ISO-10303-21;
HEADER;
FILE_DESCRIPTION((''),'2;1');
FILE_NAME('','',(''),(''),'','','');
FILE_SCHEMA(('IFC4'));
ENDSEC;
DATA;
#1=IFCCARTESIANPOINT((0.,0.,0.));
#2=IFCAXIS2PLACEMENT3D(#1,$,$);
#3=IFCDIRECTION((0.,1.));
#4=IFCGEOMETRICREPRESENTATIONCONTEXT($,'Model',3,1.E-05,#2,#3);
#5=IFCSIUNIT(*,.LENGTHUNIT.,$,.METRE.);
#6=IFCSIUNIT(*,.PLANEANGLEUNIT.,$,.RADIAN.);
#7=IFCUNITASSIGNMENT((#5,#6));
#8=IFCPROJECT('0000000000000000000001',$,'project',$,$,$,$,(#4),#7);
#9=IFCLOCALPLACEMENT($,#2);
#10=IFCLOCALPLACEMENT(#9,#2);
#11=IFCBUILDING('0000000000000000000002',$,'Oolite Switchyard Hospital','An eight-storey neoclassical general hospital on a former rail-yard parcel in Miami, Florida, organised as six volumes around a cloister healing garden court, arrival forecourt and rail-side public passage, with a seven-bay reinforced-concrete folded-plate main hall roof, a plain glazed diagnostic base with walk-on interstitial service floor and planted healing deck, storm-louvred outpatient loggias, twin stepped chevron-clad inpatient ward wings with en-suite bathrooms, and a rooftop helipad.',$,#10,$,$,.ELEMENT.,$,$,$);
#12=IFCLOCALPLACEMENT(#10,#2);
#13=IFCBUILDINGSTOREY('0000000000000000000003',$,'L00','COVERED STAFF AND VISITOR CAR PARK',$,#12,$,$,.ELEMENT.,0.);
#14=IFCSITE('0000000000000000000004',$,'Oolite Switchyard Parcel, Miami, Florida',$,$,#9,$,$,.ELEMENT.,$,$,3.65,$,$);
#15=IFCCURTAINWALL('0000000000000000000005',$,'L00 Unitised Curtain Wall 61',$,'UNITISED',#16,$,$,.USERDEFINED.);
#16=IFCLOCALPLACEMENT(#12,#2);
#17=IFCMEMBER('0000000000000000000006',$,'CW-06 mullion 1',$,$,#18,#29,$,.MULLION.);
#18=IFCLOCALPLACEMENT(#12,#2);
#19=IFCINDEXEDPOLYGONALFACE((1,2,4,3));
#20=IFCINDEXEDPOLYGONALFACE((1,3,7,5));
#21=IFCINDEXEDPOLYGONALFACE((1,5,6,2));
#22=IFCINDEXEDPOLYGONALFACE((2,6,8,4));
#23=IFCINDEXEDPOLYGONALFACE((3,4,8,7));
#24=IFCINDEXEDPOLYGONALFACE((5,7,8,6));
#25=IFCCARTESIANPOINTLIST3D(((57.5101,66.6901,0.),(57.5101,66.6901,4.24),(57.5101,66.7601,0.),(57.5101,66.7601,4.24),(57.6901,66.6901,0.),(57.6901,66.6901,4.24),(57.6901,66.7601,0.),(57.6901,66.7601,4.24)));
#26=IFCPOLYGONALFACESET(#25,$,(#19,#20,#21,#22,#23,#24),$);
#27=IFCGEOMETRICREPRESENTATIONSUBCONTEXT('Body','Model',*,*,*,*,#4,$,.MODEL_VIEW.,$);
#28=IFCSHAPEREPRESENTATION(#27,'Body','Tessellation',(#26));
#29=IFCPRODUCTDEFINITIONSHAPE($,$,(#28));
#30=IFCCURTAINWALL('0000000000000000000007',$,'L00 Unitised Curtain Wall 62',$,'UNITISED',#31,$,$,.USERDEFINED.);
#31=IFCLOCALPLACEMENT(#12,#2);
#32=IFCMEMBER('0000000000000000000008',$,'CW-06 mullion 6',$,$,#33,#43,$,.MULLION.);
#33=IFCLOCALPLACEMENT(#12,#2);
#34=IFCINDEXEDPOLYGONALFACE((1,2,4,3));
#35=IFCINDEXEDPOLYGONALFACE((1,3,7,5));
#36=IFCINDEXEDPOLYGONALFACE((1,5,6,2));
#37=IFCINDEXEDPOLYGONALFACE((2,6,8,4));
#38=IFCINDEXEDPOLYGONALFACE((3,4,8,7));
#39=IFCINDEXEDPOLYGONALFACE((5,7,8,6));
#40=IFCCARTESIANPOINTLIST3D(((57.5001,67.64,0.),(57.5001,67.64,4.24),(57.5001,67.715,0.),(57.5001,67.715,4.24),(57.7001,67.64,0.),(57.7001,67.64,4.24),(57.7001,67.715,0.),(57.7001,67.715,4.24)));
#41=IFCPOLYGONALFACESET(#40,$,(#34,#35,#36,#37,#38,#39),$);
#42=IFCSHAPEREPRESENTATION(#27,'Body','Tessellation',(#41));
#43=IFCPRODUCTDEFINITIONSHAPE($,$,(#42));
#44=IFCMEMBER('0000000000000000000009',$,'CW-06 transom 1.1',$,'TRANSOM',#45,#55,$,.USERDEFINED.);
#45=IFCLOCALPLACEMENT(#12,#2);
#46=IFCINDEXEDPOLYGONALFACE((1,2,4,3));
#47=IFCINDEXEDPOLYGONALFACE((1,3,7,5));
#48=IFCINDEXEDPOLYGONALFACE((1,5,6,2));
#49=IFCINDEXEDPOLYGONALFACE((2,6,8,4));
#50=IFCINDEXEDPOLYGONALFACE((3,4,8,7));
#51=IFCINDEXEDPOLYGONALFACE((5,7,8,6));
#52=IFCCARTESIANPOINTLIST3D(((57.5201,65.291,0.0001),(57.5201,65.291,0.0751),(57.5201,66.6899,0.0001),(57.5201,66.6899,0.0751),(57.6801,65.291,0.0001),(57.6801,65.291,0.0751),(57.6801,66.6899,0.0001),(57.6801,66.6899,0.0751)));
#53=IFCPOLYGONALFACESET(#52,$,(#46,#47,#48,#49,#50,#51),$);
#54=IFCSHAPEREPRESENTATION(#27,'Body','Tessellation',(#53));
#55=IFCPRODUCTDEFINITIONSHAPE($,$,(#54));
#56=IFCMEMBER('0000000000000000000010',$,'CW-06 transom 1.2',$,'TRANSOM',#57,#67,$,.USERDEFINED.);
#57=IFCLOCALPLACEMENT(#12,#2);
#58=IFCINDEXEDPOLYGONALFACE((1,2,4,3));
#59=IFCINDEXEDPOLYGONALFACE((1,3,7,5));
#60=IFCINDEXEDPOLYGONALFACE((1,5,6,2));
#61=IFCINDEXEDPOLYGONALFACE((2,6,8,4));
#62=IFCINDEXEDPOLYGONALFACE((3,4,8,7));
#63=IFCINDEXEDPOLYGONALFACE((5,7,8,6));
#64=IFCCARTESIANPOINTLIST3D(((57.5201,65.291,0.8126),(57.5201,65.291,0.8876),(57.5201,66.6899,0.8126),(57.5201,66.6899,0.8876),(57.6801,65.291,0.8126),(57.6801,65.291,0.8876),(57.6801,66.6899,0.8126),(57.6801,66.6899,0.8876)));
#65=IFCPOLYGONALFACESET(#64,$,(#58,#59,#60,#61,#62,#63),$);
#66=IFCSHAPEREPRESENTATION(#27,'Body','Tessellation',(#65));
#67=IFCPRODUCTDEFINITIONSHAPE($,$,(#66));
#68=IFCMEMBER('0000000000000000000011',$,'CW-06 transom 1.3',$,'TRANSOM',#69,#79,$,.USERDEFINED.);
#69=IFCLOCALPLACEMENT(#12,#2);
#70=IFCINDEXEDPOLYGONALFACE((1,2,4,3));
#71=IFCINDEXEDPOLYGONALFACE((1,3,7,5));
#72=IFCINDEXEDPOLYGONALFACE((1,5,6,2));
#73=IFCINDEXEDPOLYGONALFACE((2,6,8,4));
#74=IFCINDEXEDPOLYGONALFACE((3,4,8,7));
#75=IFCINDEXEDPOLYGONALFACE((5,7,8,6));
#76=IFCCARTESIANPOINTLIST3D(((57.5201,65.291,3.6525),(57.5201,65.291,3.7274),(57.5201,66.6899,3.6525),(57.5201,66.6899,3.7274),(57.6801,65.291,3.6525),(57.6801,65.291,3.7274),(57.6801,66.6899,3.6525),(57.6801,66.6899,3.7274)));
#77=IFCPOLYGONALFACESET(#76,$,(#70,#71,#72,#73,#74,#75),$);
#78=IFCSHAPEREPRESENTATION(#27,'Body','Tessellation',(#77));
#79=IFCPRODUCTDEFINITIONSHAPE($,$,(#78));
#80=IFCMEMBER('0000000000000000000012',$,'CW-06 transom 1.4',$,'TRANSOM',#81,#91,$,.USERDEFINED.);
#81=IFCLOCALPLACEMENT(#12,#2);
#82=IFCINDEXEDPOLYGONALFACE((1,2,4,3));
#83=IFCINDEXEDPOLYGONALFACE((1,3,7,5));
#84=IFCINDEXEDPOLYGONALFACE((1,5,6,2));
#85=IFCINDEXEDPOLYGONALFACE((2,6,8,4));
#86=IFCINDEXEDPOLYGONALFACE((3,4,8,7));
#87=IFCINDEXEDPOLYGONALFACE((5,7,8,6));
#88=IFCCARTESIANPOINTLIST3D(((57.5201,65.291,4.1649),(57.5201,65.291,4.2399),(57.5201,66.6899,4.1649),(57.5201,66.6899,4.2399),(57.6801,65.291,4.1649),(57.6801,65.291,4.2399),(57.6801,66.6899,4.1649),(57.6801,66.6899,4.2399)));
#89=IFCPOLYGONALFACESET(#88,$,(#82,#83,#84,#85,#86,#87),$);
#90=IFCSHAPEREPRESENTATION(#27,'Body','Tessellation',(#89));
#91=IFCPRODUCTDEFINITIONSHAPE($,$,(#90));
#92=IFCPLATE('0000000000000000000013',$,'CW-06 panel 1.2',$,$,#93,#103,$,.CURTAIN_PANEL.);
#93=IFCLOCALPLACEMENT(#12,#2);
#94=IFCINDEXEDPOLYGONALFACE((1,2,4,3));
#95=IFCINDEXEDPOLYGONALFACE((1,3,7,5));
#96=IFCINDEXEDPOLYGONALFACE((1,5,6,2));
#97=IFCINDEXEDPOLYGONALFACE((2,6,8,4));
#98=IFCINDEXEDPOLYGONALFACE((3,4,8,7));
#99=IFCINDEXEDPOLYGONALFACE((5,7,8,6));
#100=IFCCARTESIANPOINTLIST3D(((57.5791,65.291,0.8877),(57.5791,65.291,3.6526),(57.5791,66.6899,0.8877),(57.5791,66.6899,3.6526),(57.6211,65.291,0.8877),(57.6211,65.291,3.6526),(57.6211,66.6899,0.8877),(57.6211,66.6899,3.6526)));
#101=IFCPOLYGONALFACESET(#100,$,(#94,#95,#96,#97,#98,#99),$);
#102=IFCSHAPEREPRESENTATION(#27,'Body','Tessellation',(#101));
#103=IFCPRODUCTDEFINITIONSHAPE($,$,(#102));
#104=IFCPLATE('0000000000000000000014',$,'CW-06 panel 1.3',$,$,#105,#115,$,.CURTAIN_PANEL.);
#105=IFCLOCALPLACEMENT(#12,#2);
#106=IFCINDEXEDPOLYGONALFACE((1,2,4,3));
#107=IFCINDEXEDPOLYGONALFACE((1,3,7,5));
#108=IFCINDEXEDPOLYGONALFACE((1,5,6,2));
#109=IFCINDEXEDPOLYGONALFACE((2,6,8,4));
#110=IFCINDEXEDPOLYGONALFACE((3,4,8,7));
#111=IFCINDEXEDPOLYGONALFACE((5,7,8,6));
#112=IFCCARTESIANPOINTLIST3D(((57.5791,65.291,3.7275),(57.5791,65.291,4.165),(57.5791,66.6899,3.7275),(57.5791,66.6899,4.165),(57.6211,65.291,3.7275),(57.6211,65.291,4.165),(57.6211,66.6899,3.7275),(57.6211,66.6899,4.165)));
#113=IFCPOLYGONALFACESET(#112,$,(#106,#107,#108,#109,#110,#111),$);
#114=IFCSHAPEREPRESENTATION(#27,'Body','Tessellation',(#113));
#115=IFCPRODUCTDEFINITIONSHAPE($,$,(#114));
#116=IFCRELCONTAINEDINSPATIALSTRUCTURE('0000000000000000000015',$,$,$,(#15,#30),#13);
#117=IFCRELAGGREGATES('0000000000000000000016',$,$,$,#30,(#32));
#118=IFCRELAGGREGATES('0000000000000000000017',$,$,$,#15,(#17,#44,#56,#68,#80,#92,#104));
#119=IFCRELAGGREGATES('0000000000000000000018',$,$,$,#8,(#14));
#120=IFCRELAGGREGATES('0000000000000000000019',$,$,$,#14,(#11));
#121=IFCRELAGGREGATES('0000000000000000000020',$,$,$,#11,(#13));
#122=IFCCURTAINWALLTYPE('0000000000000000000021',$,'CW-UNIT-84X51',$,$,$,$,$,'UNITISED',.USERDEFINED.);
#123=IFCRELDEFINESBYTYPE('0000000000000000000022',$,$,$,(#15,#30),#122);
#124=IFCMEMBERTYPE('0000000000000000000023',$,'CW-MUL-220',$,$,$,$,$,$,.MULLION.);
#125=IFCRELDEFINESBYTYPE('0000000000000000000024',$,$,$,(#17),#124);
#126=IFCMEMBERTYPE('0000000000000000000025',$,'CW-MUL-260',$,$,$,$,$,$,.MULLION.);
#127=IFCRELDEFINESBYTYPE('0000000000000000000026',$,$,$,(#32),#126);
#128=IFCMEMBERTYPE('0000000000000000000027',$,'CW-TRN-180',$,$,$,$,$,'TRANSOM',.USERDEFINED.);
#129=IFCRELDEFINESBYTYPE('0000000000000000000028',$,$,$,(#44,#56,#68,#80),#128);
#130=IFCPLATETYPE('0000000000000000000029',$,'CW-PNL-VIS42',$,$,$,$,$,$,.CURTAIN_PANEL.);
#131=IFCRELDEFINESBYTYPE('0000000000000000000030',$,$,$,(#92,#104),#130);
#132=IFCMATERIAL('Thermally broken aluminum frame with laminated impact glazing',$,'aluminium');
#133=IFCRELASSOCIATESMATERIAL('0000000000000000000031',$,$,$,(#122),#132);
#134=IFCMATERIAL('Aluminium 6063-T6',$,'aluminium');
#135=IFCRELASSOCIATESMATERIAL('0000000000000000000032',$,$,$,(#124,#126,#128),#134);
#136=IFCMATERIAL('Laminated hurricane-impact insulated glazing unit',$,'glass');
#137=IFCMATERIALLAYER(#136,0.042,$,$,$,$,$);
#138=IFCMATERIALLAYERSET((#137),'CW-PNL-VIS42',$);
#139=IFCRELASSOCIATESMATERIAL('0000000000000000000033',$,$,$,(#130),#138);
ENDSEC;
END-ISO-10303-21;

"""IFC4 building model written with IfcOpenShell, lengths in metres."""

from ifc_helpers import new_model, si_unit, direction, frame, origin, origin_2d, place, context, subcontext, project, spatial, rectangle, extrude, material, layer, layer_set, material_profile, profile_set, type_object, element, aggregate, save


model = new_model("IFC4")

# Units and contexts
model_context = context("Model", 3, precision=1e-05, world=origin(), true_north=direction((0.0, 1.0)))
body_context = subcontext(model_context, "Body", "Model", "MODEL_VIEW")
ifc_project = project(units=[si_unit("LENGTHUNIT", "METRE"), si_unit("PLANEANGLEUNIT", "RADIAN")], contexts=[model_context])

# Site, building, storey
site_placement = place(None, origin())
site = spatial("IfcSite", under=ifc_project, at=site_placement, Name="Oolite Switchyard Parcel, Miami, Florida", CompositionType="ELEMENT", RefElevation=3.65)
building_placement = place(site_placement, origin())
building = spatial("IfcBuilding", under=site, at=building_placement, Name="Oolite Switchyard Hospital", Description="An eight-storey neoclassical general hospital on a former rail-yard parcel in Miami, Florida, organised as six volumes around a cloister healing garden court, arrival forecourt and rail-side public passage, with a seven-bay reinforced-concrete folded-plate main hall roof, a plain glazed diagnostic base with walk-on interstitial service floor and planted healing deck, storm-louvred outpatient loggias, twin stepped chevron-clad inpatient ward wings with en-suite bathrooms, and a rooftop helipad.", CompositionType="ELEMENT")
storey_placement = place(building_placement, origin())
storey = spatial("IfcBuildingStorey", under=building, at=storey_placement, Name="L00", Description="COVERED STAFF AND VISITOR CAR PARK", CompositionType="ELEMENT", Elevation=0.0)

# Curtain walls, members
ifc_material_1 = material(Name="Thermally broken aluminum frame with laminated impact glazing", Category="aluminium")
curtain_wall_type = type_object("IfcCurtainWallType", Name="CW-UNIT-84X51", ElementType="UNITISED", PredefinedType="USERDEFINED", material=ifc_material_1)
curtain_wall_1_placement = place(storey_placement, origin())
curtain_wall_1 = element("IfcCurtainWall", 1, at=curtain_wall_1_placement, inside=storey, type_object=curtain_wall_type, Name="L00 Unitised Curtain Wall 61", ObjectType="UNITISED", PredefinedType="USERDEFINED")
ifc_material_2 = material(Name="Aluminium 6063-T6", Category="aluminium")
ifc_material_profile_1 = material_profile(ifc_material_2, rectangle(XDim=0.1799, YDim=0.0701, at=origin_2d()), Name="CWM70X180")
ifc_profile_set_1 = profile_set([ifc_material_profile_1], Name="Aluminium 6063-T6")
member_type_1 = type_object("IfcMemberType", Name="CW-MUL-220", PredefinedType="MULLION", material=ifc_profile_set_1)
member_1_placement = place(storey_placement, frame((57.6001, 66.7251, 0.0), z_axis=(0.0, 0.0, 1.0), x_axis=(1.0, 0.0, 0.0)))
member_1 = element("IfcMember", 2, at=member_1_placement, type_object=member_type_1, Name="CW-06 mullion 1", PredefinedType="MULLION", context=body_context, shape_type="SweptSolid", body=[
    extrude(rectangle(XDim=0.1799, YDim=0.0701, at=origin_2d()), origin(), (0.0, 0.0, 1.0), 4.24),
])
curtain_wall_2_placement = place(storey_placement, origin())
curtain_wall_2 = element("IfcCurtainWall", 3, at=curtain_wall_2_placement, inside=storey, type_object=curtain_wall_type, Name="L00 Unitised Curtain Wall 62", ObjectType="UNITISED", PredefinedType="USERDEFINED")
ifc_material_profile_2 = material_profile(ifc_material_2, rectangle(XDim=0.2, YDim=0.075, at=origin_2d()), Name="CWM75X200")
ifc_profile_set_2 = profile_set([ifc_material_profile_2], Name="Aluminium 6063-T6")
member_type_2 = type_object("IfcMemberType", Name="CW-MUL-260", PredefinedType="MULLION", material=ifc_profile_set_2)
member_2_placement = place(storey_placement, frame((57.6001, 67.6775, 0.0), z_axis=(0.0, 0.0, 1.0), x_axis=(1.0, 0.0, 0.0)))
member_2 = element("IfcMember", 4, at=member_2_placement, type_object=member_type_2, Name="CW-06 mullion 6", PredefinedType="MULLION", context=body_context, shape_type="SweptSolid", body=[
    extrude(rectangle(XDim=0.2, YDim=0.075, at=origin_2d()), origin(), (0.0, 0.0, 1.0), 4.24),
])
aggregate(curtain_wall_2, [member_2])

# Members
ifc_material_profile_3 = material_profile(ifc_material_2, rectangle(XDim=0.1599, YDim=0.075, at=origin_2d()), Name="CWT75X160")
ifc_profile_set_3 = profile_set([ifc_material_profile_3], Name="Aluminium 6063-T6")
member_type_3 = type_object("IfcMemberType", Name="CW-TRN-180", ElementType="TRANSOM", PredefinedType="USERDEFINED", material=ifc_profile_set_3)
member_3_placement = place(storey_placement, frame((57.6001, 66.6899, 0.0376), z_axis=(0.0, -1.0, 0.0), x_axis=(1.0, 0.0, 0.0)))
member_3 = element("IfcMember", 5, at=member_3_placement, type_object=member_type_3, Name="CW-06 transom 1.1", ObjectType="TRANSOM", PredefinedType="USERDEFINED", context=body_context, shape_type="SweptSolid", body=[
    extrude(rectangle(XDim=0.1599, YDim=0.075, at=origin_2d()), origin(), (0.0, 0.0, 1.0), 1.3989),
])
member_4_placement = place(storey_placement, frame((57.6001, 66.6899, 0.8501), z_axis=(0.0, -1.0, 0.0), x_axis=(1.0, 0.0, 0.0)))
member_4 = element("IfcMember", 6, at=member_4_placement, type_object=member_type_3, Name="CW-06 transom 1.2", ObjectType="TRANSOM", PredefinedType="USERDEFINED", context=body_context, shape_type="SweptSolid", body=[
    extrude(rectangle(XDim=0.1599, YDim=0.075, at=origin_2d()), origin(), (0.0, 0.0, 1.0), 1.3989),
])
member_5_placement = place(storey_placement, frame((57.6001, 66.6899, 3.6899), z_axis=(0.0, -1.0, 0.0), x_axis=(1.0, 0.0, 0.0)))
member_5 = element("IfcMember", 7, at=member_5_placement, type_object=member_type_3, Name="CW-06 transom 1.3", ObjectType="TRANSOM", PredefinedType="USERDEFINED", context=body_context, shape_type="SweptSolid", body=[
    extrude(rectangle(XDim=0.1599, YDim=0.075, at=origin_2d()), origin(), (0.0, 0.0, 1.0), 1.3989),
])
member_6_placement = place(storey_placement, frame((57.6001, 66.6899, 4.2024), z_axis=(0.0, -1.0, 0.0), x_axis=(1.0, 0.0, 0.0)))
member_6 = element("IfcMember", 8, at=member_6_placement, type_object=member_type_3, Name="CW-06 transom 1.4", ObjectType="TRANSOM", PredefinedType="USERDEFINED", context=body_context, shape_type="SweptSolid", body=[
    extrude(rectangle(XDim=0.1599, YDim=0.075, at=origin_2d()), origin(), (0.0, 0.0, 1.0), 1.3989),
])

# Plates
ifc_material_3 = material(Name="Laminated hurricane-impact insulated glazing unit", Category="glass")
ifc_layer = layer(ifc_material_3, 0.042)
ifc_layer_set = layer_set([ifc_layer], Name="CW-PNL-VIS42")
plate_type = type_object("IfcPlateType", Name="CW-PNL-VIS42", PredefinedType="CURTAIN_PANEL", material=ifc_layer_set)
plate_1_placement = place(storey_placement, frame((57.6001, 65.9905, 0.8877), z_axis=(0.0, 0.0, 1.0), x_axis=(0.0, -1.0, 0.0)))
plate_1 = element("IfcPlate", 9, at=plate_1_placement, type_object=plate_type, Name="CW-06 panel 1.2", PredefinedType="CURTAIN_PANEL", context=body_context, shape_type="SweptSolid", body=[
    extrude(rectangle(XDim=1.3989, YDim=0.042, at=origin_2d()), origin(), (0.0, 0.0, 1.0), 2.7649),
])
plate_2_placement = place(storey_placement, frame((57.6001, 65.9905, 3.7275), z_axis=(0.0, 0.0, 1.0), x_axis=(0.0, -1.0, 0.0)))
plate_2 = element("IfcPlate", 10, at=plate_2_placement, type_object=plate_type, Name="CW-06 panel 1.3", PredefinedType="CURTAIN_PANEL", context=body_context, shape_type="SweptSolid", body=[
    extrude(rectangle(XDim=1.3989, YDim=0.042, at=origin_2d()), origin(), (0.0, 0.0, 1.0), 0.4375),
])
aggregate(curtain_wall_1, [member_1, member_3, member_4, member_5, member_6, plate_1, plate_2])

save(model, "model.ifc")
